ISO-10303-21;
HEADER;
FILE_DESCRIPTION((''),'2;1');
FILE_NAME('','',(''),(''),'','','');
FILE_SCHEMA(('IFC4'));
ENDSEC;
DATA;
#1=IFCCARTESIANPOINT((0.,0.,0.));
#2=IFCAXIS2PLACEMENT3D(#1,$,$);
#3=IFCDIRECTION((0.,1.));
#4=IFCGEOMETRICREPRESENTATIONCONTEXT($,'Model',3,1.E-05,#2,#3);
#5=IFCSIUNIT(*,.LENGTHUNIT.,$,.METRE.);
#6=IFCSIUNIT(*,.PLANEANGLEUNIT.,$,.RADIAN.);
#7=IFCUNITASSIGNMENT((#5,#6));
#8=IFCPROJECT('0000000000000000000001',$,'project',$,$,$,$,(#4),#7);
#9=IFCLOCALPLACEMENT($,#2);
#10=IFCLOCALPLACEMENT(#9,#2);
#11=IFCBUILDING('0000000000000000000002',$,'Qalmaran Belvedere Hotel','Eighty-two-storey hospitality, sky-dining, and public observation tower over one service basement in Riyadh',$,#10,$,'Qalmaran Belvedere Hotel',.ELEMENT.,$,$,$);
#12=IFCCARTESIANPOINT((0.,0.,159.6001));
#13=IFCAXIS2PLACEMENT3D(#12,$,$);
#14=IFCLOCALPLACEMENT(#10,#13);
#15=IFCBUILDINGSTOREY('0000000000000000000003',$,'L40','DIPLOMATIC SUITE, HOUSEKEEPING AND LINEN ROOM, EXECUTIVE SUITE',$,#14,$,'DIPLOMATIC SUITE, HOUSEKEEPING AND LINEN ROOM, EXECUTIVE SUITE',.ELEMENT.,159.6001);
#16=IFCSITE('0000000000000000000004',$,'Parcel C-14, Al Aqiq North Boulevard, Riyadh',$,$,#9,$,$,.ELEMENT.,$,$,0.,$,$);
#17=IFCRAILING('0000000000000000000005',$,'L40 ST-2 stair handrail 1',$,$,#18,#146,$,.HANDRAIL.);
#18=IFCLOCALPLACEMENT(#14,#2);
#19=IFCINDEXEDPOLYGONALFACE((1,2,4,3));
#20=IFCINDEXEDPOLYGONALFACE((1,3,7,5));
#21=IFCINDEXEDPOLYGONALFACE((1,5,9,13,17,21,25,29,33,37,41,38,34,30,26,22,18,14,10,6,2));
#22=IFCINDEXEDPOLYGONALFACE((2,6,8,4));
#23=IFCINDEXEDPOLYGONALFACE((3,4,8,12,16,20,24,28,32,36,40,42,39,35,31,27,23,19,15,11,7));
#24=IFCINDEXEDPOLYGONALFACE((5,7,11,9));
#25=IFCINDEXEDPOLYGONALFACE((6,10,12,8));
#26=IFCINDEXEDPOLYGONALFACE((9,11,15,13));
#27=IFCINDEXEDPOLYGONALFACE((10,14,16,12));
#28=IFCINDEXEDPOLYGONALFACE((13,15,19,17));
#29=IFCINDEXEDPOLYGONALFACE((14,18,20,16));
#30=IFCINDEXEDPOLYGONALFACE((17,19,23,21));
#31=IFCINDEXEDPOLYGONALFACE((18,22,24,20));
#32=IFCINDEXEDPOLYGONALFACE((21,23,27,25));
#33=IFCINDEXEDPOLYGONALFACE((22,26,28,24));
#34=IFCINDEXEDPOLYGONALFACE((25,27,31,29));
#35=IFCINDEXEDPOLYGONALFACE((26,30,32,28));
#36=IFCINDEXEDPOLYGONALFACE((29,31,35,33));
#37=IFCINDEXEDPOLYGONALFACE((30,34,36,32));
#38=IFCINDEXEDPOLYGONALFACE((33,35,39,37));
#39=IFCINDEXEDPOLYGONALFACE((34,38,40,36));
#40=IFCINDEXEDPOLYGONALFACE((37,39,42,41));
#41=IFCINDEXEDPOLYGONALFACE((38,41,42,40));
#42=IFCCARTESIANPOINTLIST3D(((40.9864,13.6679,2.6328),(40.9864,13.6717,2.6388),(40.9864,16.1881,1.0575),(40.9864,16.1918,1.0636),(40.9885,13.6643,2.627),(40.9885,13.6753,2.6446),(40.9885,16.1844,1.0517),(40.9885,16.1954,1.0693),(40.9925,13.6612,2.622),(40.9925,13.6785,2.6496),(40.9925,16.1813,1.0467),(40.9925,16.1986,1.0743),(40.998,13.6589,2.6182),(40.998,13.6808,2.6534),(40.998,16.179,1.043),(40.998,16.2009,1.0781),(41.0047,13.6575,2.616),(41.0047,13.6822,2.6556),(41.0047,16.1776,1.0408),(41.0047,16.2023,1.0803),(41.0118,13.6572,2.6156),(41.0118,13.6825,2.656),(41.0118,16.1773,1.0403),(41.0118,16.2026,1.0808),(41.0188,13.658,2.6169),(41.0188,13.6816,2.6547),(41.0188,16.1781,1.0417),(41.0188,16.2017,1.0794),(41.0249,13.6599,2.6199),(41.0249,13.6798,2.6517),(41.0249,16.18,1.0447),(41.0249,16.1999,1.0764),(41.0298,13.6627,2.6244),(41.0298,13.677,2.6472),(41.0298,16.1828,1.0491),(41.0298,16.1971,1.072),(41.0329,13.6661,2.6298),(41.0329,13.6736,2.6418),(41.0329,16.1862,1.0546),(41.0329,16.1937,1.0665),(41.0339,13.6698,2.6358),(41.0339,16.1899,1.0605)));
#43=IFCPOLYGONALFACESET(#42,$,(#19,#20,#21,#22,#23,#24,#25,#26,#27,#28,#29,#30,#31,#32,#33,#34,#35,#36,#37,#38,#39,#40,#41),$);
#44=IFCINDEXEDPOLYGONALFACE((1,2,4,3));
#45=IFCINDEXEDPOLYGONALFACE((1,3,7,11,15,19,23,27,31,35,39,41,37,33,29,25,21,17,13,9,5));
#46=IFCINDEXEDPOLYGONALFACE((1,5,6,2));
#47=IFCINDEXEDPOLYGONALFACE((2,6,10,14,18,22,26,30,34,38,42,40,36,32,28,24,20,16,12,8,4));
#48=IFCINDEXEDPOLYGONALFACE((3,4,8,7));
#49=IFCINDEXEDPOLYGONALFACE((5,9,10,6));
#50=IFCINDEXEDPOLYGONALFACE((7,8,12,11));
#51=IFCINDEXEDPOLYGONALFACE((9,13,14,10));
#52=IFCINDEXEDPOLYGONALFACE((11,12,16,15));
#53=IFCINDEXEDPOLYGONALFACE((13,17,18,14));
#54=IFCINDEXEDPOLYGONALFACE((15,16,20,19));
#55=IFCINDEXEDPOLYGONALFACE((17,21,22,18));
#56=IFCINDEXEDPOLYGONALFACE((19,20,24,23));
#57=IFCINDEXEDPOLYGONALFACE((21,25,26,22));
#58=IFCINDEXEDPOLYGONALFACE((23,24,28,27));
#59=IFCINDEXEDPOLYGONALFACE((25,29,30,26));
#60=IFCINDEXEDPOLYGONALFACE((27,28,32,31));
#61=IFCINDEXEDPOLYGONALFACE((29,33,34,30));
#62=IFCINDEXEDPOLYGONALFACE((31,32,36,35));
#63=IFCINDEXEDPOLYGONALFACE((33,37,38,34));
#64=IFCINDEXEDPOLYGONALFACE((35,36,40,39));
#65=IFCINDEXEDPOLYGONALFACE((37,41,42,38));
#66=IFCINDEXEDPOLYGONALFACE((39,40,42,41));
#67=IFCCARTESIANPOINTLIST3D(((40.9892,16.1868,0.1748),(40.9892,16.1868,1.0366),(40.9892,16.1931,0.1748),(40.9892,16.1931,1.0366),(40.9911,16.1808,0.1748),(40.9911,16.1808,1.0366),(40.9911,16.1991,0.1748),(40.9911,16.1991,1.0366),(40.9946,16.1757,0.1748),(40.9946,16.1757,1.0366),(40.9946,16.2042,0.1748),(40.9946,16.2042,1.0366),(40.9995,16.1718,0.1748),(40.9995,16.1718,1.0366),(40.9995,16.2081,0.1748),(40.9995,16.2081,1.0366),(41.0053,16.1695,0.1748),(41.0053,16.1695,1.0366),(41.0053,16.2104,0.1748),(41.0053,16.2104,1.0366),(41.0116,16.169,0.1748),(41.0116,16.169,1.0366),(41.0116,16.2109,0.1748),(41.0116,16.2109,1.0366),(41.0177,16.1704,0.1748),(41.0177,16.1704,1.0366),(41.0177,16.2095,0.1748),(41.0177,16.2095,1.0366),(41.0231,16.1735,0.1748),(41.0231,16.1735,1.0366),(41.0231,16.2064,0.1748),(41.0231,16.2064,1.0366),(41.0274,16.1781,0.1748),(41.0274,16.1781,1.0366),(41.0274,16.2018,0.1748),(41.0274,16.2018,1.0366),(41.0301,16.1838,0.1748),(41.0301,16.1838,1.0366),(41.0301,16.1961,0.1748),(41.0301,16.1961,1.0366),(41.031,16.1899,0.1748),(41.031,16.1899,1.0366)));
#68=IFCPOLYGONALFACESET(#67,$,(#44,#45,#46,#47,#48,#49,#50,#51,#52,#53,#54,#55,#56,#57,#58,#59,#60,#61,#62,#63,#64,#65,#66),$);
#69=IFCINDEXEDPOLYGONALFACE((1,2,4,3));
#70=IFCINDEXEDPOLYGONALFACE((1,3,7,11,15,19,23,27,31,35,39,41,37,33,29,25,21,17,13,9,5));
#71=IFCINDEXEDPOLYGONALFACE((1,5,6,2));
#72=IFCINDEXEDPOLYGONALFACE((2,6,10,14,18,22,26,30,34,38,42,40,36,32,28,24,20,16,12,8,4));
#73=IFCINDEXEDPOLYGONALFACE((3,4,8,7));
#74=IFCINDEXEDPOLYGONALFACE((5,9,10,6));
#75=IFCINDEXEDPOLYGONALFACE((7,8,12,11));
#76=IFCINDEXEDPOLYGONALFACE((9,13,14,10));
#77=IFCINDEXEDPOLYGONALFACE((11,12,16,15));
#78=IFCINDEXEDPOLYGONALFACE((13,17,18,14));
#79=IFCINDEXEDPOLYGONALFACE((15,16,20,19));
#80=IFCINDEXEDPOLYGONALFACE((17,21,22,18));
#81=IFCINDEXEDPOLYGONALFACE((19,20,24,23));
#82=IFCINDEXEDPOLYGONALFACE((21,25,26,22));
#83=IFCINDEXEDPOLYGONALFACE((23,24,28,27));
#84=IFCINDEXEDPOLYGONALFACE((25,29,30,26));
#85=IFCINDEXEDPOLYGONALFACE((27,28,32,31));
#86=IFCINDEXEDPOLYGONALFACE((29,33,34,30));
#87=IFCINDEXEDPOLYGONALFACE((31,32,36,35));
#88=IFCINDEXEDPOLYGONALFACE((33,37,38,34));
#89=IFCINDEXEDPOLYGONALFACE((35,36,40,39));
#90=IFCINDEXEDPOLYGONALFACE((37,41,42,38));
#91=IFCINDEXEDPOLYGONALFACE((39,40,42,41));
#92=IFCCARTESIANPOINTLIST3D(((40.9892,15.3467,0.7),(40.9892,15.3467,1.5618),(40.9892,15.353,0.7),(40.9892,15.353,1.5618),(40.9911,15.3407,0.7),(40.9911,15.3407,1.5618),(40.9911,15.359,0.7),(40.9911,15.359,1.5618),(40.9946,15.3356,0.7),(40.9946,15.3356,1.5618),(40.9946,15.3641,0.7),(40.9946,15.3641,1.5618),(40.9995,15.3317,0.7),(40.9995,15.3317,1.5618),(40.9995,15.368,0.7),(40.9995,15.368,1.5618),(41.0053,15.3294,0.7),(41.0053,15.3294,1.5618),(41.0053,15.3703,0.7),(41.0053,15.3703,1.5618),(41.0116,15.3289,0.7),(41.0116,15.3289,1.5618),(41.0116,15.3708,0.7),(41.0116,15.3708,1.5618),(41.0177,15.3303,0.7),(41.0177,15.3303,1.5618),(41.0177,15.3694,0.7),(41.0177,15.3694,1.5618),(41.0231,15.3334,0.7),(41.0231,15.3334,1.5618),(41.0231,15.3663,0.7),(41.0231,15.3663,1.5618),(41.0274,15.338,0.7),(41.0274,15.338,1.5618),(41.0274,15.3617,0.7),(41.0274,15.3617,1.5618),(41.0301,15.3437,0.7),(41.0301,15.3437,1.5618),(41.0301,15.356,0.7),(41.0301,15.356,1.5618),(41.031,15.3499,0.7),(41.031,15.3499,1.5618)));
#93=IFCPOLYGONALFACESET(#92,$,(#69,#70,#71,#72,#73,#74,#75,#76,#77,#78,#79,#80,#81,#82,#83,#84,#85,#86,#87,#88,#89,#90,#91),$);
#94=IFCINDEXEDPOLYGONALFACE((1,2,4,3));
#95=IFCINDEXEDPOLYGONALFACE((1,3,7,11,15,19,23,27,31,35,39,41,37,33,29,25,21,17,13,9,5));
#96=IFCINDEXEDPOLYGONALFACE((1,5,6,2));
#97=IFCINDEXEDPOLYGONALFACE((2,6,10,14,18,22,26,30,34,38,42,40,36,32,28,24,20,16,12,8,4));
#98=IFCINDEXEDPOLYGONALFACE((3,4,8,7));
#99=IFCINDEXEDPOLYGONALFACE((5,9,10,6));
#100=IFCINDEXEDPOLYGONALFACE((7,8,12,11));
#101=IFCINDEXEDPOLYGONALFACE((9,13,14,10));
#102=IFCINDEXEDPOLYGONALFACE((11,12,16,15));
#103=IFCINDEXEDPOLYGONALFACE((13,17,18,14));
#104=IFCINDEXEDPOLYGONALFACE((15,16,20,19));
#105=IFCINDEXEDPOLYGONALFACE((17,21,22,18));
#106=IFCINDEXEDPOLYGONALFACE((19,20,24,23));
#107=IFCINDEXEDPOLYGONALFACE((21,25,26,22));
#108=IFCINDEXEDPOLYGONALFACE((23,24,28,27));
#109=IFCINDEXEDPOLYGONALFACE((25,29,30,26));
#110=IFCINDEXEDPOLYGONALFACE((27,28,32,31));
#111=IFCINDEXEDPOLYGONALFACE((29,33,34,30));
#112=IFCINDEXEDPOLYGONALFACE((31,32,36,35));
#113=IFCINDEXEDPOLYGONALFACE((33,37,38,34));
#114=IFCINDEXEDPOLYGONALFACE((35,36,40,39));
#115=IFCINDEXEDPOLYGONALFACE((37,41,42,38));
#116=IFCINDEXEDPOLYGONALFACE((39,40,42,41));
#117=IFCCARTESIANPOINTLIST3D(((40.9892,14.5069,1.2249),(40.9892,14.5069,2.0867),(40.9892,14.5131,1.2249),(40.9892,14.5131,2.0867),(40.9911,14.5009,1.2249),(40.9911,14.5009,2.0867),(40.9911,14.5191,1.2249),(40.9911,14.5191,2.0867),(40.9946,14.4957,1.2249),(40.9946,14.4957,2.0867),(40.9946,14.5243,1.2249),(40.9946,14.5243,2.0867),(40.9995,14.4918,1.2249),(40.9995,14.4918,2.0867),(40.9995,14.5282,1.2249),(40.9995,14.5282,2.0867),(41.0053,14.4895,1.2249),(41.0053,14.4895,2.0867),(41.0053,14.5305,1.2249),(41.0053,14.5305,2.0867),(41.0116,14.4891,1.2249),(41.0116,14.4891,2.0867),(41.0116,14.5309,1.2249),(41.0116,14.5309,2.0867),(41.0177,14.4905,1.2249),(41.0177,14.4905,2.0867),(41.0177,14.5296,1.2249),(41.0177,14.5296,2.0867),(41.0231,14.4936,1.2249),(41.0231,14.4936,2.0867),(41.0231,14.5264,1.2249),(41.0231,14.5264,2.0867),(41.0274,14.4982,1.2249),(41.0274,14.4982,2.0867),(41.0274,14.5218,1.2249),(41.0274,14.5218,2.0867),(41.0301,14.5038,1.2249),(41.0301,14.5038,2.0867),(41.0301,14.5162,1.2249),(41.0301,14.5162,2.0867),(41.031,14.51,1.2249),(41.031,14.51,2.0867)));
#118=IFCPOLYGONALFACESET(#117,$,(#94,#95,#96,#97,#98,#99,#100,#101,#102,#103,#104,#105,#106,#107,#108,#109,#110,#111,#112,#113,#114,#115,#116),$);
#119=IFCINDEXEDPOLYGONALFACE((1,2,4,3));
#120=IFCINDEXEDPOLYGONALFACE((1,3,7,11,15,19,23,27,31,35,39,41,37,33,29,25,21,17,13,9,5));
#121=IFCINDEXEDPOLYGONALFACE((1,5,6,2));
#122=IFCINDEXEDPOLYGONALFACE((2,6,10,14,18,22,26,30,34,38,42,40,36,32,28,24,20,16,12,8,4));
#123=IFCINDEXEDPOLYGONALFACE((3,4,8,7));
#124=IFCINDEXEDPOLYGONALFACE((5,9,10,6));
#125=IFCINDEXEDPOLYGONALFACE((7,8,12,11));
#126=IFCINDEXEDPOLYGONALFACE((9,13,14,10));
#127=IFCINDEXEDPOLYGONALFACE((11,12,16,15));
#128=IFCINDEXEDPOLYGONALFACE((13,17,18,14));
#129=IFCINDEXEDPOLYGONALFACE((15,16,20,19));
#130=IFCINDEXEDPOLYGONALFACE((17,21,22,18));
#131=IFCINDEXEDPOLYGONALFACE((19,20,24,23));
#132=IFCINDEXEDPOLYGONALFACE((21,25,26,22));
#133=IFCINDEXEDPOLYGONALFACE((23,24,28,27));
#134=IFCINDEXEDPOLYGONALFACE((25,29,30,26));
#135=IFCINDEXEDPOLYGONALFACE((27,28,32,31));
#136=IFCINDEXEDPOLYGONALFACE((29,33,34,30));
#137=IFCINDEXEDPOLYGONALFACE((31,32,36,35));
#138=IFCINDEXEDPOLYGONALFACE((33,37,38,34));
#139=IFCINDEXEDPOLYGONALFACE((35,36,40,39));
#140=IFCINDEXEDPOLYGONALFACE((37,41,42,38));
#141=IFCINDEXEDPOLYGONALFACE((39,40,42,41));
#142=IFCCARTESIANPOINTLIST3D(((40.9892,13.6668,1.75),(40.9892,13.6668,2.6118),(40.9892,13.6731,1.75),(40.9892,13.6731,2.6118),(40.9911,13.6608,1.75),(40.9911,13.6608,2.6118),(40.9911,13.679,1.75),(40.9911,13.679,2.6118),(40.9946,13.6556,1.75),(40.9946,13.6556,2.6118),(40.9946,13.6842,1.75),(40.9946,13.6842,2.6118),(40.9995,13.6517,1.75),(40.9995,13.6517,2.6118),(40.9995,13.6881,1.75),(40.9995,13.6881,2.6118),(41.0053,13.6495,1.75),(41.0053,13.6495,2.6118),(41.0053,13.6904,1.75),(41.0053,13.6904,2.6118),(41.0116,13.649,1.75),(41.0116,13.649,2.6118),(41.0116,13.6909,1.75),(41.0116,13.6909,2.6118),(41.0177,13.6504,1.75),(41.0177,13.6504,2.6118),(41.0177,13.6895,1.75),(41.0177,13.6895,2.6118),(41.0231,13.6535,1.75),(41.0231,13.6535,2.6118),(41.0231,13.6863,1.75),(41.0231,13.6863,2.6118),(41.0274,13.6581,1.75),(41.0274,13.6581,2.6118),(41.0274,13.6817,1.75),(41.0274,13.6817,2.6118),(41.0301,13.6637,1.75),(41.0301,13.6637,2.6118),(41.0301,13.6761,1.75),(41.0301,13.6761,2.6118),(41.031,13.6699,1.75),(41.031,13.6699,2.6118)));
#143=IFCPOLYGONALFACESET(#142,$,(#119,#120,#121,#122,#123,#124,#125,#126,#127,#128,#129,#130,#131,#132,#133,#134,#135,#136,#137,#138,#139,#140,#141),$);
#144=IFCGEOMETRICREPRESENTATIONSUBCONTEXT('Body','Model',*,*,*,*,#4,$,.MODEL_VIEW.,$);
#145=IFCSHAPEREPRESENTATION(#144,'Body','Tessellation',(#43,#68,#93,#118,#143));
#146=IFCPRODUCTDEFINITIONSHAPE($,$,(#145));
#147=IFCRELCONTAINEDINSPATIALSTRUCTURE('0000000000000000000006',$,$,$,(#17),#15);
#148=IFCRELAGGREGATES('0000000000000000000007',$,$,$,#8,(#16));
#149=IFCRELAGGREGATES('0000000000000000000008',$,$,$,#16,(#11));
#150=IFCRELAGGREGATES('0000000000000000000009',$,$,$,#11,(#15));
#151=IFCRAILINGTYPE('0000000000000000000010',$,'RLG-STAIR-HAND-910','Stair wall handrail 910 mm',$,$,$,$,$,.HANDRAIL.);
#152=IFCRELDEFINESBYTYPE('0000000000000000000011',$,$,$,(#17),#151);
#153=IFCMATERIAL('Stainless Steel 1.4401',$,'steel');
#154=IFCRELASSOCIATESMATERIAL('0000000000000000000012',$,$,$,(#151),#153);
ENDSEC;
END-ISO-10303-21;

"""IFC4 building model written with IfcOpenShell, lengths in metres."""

from ifc_helpers import new_model, si_unit, direction, frame, origin, origin_2d, place, context, subcontext, project, spatial, circle, extrude, material, type_object, element, save


model = new_model("IFC4")

# Units and contexts
model_context = context("Model", 3, precision=1e-05, world=origin(), true_north=direction((0.0, 1.0)))
body_context = subcontext(model_context, "Body", "Model", "MODEL_VIEW")
ifc_project = project(units=[si_unit("LENGTHUNIT", "METRE"), si_unit("PLANEANGLEUNIT", "RADIAN")], contexts=[model_context])

# Site, building, storey
site_placement = place(None, origin())
site = spatial("IfcSite", under=ifc_project, at=site_placement, Name="Parcel C-14, Al Aqiq North Boulevard, Riyadh", CompositionType="ELEMENT", RefElevation=0.0)
building_placement = place(site_placement, origin())
building = spatial("IfcBuilding", under=site, at=building_placement, Name="Qalmaran Belvedere Hotel", Description="Eighty-two-storey hospitality, sky-dining, and public observation tower over one service basement in Riyadh", LongName="Qalmaran Belvedere Hotel", CompositionType="ELEMENT")
storey_placement = place(building_placement, frame((0.0, 0.0, 159.6001)))
storey = spatial("IfcBuildingStorey", under=building, at=storey_placement, Name="L40", Description="DIPLOMATIC SUITE, HOUSEKEEPING AND LINEN ROOM, EXECUTIVE SUITE", LongName="DIPLOMATIC SUITE, HOUSEKEEPING AND LINEN ROOM, EXECUTIVE SUITE", CompositionType="ELEMENT", Elevation=159.6001)

# Shared definitions
ifc_material_1 = material(Name="Stainless Steel 1.4401", Category="steel")

# Railing
railing_type_1 = type_object("IfcRailingType", Name="RLG-STAIR-HAND-910", Description="Stair wall handrail 910 mm", PredefinedType="HANDRAIL", material=ifc_material_1)
railing_1_placement = place(storey_placement, frame((41.01, 16.1899, 0.1748)))
element("IfcRailing", 1, at=railing_1_placement, inside=storey, type_object=railing_type_1, Name="L40 ST-2 stair handrail 1", PredefinedType="HANDRAIL", context=body_context, shape_type="SweptSolid", body=[
    extrude(circle(Radius=0.0239, at=origin_2d()), frame((0.0, 0.0, 0.8857), z_axis=(0.0, -0.847971, 0.530043), x_axis=(1.0, 0.0, 0.0)), (0.0, 0.0, 1.0), 2.9719),
    extrude(circle(Radius=0.021, at=origin_2d()), origin(), (0.0, 0.0, 1.0), 0.8618),
    extrude(circle(Radius=0.021, at=origin_2d()), frame((0.0, -0.8401, 0.5251)), (0.0, 0.0, 1.0), 0.8618),
    extrude(circle(Radius=0.021, at=origin_2d()), frame((0.0, -1.6799, 1.05)), (0.0, 0.0, 1.0), 0.8618),
    extrude(circle(Radius=0.021, at=origin_2d()), frame((0.0, -2.52, 1.5752)), (0.0, 0.0, 1.0), 0.8618),
])

save(model, "model.ifc")
